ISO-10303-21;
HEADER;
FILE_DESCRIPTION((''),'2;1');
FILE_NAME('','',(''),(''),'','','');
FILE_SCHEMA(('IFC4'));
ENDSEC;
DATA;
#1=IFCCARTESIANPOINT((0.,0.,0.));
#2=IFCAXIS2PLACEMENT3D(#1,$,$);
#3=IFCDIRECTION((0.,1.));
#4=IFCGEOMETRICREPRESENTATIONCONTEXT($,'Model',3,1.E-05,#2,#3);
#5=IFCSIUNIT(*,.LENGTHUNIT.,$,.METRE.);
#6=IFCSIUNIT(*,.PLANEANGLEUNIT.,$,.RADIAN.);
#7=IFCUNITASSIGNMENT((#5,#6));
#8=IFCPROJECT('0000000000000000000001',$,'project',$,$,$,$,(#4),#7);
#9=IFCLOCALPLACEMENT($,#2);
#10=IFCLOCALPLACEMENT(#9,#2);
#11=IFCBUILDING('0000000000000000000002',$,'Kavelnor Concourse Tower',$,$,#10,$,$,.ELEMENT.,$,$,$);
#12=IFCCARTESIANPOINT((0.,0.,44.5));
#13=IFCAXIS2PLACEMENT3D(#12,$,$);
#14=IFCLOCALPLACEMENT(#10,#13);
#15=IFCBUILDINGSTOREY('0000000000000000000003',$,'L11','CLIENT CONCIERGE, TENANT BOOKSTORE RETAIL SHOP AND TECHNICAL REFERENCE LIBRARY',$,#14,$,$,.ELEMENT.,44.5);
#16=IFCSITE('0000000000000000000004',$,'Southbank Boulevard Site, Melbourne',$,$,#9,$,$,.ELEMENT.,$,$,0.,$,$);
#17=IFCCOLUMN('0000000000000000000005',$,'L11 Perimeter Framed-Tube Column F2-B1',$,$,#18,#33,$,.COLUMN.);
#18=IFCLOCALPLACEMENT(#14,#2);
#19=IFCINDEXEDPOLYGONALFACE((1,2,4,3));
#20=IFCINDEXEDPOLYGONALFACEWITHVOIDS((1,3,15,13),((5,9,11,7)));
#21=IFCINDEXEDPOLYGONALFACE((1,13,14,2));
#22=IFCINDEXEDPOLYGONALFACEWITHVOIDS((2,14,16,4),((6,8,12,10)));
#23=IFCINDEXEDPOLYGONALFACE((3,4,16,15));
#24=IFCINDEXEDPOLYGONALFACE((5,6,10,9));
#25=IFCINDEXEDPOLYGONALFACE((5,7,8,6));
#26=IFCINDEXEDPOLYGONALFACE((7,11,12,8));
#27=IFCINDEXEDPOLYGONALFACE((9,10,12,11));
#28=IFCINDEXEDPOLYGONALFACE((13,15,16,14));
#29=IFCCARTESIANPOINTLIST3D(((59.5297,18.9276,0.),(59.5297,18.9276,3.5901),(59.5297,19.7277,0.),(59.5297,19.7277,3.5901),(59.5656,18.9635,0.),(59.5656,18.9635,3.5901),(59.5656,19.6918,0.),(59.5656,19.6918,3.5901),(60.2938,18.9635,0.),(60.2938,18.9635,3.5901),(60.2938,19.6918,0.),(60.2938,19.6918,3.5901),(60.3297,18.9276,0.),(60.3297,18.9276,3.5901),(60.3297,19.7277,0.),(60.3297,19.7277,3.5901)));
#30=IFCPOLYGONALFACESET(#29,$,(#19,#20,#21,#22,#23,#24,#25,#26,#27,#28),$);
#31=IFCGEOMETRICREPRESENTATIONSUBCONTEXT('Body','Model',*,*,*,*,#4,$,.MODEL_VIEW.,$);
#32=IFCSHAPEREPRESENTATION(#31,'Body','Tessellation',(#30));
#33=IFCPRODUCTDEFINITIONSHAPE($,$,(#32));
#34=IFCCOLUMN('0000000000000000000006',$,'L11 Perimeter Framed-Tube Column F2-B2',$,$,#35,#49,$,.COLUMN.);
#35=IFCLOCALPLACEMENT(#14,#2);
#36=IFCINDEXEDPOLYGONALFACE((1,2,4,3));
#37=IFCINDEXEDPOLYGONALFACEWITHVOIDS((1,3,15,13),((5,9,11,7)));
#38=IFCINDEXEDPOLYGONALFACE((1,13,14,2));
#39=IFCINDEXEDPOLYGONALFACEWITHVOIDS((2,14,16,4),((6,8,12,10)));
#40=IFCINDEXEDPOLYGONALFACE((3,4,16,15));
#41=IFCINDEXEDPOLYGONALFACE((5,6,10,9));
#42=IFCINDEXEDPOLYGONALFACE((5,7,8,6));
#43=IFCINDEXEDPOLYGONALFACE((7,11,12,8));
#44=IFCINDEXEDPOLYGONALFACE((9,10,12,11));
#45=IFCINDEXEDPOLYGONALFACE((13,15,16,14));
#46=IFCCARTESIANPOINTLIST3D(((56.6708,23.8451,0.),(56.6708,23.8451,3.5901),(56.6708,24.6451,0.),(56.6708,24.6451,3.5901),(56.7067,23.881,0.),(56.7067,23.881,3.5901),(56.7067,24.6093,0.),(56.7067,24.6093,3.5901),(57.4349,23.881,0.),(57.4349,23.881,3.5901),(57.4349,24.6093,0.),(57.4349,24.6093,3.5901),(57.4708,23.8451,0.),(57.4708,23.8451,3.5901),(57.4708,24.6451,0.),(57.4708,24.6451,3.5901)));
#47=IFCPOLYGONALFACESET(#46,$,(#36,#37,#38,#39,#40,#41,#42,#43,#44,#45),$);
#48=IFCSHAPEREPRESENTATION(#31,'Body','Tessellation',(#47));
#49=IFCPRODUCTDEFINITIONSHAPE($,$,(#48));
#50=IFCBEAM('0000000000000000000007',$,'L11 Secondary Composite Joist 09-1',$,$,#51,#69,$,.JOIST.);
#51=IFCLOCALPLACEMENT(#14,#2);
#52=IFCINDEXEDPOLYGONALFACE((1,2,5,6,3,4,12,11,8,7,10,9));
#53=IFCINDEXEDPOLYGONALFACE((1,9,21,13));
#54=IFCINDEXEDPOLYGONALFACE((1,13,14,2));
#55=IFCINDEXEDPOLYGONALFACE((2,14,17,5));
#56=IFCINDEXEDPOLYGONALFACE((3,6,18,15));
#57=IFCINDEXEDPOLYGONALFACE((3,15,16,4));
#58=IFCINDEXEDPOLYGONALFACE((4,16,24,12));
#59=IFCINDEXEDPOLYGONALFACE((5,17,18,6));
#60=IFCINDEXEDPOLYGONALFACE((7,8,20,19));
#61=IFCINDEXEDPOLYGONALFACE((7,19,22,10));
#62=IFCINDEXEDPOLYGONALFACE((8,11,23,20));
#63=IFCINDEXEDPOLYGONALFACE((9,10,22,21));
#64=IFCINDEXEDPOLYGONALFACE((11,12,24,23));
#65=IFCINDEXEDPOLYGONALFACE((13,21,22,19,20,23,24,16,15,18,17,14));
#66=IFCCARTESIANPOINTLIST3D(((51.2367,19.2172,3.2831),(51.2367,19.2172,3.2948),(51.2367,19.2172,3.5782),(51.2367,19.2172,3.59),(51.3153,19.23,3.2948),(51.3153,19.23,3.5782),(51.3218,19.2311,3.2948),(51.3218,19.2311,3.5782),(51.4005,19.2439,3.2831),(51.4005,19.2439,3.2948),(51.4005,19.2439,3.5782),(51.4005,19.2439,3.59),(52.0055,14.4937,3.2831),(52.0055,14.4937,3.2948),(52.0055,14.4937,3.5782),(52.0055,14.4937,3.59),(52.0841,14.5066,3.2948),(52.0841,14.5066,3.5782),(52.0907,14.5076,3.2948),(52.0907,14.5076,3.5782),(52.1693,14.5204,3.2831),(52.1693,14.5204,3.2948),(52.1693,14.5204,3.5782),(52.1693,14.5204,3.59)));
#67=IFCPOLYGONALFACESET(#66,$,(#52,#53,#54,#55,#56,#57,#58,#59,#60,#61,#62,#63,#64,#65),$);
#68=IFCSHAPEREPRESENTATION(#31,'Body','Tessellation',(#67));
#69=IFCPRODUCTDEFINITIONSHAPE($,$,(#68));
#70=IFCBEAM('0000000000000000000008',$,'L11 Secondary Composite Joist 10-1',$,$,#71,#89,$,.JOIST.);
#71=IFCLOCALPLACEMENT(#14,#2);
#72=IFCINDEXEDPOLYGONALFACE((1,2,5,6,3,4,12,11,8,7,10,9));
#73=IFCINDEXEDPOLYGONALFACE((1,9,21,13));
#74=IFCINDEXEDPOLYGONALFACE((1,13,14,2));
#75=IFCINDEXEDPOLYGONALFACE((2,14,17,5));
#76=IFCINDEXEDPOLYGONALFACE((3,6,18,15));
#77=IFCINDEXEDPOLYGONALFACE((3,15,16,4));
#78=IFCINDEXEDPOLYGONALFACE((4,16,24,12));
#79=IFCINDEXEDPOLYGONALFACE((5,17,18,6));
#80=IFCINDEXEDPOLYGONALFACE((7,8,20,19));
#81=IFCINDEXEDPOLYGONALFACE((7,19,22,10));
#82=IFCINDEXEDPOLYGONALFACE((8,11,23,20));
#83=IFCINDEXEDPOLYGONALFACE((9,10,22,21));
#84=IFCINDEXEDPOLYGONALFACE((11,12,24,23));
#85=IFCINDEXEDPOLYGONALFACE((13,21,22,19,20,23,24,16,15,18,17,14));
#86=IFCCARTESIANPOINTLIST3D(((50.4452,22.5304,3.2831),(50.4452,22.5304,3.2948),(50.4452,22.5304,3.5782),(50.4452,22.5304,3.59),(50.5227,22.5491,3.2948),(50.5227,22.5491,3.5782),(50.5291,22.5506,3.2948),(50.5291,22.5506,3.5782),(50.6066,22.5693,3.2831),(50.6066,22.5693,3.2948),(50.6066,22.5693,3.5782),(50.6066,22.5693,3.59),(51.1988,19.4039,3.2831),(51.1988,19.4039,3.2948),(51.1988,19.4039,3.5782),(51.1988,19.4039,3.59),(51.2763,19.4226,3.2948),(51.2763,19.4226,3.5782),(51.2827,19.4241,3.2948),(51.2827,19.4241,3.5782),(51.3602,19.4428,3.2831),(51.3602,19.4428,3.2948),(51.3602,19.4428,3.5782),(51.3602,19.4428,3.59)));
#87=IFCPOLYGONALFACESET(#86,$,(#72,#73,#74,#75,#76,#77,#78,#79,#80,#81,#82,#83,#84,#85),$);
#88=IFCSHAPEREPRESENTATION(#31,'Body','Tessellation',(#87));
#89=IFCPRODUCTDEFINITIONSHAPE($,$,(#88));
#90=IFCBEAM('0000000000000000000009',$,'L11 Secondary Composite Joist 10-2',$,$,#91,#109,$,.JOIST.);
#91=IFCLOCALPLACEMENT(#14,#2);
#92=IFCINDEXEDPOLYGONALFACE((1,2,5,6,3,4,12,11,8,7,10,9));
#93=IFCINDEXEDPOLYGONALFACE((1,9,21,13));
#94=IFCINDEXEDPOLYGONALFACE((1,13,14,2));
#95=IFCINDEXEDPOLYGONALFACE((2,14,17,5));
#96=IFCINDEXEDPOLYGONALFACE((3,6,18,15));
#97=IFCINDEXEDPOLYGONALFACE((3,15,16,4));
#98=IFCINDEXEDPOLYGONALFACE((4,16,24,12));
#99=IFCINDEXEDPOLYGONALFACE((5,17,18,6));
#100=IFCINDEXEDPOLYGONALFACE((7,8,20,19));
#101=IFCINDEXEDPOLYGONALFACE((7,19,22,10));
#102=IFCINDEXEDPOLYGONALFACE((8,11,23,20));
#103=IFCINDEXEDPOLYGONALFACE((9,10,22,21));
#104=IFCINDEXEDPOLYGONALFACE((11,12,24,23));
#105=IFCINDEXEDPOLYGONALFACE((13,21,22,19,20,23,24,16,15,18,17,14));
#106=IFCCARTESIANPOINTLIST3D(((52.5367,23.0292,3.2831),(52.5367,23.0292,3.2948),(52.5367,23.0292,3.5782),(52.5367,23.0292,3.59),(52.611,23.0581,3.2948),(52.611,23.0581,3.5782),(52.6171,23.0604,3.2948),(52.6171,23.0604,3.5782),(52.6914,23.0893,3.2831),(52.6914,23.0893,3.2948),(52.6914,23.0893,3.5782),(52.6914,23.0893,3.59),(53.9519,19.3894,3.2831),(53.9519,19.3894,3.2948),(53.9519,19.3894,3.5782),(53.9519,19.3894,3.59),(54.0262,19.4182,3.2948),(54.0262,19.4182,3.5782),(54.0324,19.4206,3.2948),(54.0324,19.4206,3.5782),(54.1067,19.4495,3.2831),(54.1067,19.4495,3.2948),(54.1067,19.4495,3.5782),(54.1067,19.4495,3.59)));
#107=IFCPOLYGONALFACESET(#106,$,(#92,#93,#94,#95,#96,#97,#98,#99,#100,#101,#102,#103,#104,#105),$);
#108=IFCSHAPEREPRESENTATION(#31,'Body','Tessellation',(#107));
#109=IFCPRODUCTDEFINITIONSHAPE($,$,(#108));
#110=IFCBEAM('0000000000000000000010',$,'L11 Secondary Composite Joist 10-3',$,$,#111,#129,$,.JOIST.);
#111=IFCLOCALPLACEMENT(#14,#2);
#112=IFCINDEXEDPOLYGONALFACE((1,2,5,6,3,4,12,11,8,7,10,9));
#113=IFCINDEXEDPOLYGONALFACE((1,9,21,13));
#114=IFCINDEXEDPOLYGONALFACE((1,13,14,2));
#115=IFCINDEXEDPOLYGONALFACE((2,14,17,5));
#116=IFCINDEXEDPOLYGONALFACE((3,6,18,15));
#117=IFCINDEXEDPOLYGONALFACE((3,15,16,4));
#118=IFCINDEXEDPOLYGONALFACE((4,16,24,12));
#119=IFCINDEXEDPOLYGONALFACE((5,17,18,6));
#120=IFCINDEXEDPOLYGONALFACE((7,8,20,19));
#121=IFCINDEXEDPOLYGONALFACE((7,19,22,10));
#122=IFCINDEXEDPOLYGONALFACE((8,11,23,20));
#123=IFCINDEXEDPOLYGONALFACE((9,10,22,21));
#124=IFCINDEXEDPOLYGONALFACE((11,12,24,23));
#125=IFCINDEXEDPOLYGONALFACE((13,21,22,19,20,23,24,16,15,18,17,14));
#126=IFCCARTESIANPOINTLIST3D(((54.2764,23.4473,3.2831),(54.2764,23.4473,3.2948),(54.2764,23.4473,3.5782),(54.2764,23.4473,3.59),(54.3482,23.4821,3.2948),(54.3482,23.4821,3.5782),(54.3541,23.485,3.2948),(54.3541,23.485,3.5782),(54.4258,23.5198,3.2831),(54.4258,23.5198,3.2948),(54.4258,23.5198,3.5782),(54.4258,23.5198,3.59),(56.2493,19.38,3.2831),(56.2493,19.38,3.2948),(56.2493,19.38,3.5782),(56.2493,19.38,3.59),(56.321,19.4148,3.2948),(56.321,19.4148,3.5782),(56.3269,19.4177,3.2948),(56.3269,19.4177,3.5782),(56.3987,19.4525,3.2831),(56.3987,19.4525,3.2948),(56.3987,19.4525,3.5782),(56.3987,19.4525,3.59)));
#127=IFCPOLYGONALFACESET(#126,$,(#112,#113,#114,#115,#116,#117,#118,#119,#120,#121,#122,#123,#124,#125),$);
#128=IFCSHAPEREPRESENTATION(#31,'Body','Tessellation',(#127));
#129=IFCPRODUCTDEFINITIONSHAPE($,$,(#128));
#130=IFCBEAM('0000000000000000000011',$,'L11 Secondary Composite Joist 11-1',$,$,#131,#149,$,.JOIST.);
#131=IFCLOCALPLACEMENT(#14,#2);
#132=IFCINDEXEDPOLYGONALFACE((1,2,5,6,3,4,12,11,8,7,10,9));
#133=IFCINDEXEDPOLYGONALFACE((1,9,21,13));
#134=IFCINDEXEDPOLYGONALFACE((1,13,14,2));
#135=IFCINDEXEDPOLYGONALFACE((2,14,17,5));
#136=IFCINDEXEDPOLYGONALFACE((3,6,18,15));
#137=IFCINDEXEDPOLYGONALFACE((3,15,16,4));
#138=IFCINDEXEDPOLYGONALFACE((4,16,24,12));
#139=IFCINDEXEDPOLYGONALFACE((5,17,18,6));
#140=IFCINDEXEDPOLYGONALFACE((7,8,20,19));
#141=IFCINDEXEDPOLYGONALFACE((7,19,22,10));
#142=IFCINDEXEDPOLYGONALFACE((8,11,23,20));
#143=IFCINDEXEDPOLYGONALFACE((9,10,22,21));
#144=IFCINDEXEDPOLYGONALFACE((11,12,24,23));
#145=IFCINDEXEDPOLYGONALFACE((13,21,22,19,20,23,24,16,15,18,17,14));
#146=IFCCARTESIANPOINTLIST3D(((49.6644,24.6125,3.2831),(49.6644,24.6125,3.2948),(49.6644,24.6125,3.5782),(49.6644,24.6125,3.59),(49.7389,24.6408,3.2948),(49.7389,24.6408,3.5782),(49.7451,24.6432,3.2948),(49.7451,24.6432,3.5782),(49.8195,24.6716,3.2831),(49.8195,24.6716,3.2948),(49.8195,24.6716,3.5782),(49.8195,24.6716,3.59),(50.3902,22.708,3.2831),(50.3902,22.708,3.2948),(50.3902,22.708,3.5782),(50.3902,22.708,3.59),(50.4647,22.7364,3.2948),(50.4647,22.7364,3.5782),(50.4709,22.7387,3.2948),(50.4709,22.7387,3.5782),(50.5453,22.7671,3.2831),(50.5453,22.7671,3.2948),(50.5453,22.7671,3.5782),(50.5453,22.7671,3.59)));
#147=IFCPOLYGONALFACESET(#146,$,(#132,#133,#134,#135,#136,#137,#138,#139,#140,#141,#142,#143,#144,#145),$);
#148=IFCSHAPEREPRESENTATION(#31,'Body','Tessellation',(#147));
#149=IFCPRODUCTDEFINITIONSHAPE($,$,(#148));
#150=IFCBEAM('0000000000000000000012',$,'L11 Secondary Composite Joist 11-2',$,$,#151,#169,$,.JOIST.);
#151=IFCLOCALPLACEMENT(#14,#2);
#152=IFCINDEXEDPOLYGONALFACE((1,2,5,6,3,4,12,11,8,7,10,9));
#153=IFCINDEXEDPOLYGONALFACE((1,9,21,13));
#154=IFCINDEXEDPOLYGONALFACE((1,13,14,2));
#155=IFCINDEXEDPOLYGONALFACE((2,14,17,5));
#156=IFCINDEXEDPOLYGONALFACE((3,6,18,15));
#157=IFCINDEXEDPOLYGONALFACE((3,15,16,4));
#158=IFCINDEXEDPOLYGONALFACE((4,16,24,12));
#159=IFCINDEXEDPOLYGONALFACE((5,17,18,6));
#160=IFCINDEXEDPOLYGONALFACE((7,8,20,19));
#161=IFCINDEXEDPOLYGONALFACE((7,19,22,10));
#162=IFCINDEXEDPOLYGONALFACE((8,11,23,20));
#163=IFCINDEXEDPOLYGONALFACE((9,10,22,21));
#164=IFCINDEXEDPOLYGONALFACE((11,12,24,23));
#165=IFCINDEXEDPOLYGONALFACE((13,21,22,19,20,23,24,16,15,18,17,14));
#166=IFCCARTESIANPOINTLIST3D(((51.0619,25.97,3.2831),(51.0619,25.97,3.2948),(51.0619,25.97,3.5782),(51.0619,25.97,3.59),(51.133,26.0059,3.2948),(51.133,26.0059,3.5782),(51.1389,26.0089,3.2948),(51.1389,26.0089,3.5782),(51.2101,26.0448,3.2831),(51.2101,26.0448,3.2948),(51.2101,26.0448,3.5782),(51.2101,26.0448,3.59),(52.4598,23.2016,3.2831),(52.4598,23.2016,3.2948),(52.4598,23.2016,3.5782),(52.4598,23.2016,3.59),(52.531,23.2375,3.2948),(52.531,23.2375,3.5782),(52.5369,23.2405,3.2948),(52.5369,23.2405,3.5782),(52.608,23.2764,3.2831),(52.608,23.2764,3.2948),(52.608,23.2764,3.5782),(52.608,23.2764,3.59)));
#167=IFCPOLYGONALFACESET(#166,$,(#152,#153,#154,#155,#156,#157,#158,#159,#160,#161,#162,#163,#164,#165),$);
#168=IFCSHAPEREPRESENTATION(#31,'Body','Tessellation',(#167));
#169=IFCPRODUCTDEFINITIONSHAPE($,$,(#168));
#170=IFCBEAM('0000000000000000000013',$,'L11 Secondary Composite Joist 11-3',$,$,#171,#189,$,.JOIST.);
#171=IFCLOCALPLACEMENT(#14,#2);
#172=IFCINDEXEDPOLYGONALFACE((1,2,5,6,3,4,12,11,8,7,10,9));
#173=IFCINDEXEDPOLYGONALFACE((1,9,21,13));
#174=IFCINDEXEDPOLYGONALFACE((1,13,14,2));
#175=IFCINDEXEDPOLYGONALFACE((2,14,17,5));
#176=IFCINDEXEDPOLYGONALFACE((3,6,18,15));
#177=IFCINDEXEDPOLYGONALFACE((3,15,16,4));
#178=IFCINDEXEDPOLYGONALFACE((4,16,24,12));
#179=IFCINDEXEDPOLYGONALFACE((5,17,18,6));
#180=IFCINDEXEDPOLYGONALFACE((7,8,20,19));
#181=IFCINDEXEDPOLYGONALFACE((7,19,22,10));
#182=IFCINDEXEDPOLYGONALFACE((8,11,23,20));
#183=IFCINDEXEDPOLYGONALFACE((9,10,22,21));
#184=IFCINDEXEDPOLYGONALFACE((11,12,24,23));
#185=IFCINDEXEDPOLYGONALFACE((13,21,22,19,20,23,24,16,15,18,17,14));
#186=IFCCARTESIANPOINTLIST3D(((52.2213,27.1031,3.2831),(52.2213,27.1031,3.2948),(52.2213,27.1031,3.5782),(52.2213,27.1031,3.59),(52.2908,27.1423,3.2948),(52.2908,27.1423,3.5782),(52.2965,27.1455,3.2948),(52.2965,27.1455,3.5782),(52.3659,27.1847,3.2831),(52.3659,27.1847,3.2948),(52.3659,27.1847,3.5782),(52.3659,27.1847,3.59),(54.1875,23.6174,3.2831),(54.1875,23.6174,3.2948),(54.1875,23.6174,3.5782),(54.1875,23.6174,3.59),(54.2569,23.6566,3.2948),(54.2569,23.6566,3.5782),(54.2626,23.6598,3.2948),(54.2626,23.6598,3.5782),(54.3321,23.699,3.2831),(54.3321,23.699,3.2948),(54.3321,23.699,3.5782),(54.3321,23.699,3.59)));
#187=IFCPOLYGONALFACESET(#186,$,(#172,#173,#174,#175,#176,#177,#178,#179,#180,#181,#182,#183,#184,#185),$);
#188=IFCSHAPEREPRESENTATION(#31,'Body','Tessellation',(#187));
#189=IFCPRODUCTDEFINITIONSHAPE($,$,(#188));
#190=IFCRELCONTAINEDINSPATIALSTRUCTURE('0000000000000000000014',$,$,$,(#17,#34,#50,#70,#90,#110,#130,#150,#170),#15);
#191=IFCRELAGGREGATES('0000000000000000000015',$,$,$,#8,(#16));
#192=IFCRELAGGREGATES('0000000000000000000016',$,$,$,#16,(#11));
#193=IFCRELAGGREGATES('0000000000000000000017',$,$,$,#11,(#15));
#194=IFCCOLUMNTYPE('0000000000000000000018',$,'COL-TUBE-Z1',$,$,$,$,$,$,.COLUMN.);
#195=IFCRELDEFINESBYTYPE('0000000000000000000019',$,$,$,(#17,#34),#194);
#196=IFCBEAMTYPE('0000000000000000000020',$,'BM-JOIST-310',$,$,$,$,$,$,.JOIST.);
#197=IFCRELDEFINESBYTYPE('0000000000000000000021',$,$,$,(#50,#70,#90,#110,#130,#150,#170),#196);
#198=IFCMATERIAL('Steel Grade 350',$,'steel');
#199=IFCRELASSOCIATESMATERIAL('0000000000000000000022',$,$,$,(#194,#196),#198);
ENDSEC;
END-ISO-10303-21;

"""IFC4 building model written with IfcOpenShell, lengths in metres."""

from ifc_helpers import new_model, si_unit, direction, frame, origin, origin_2d, place, context, subcontext, project, spatial, hollow_rectangle, i_section, extrude, material, material_profile, profile_set, type_object, element, save


model = new_model("IFC4")

# Units and contexts
model_context = context("Model", 3, precision=1e-05, world=origin(), true_north=direction((0.0, 1.0)))
body_context = subcontext(model_context, "Body", "Model", "MODEL_VIEW")
ifc_project = project(units=[si_unit("LENGTHUNIT", "METRE"), si_unit("PLANEANGLEUNIT", "RADIAN")], contexts=[model_context])

# Site, building, storey
site_placement = place(None, origin())
site = spatial("IfcSite", under=ifc_project, at=site_placement, Name="Southbank Boulevard Site, Melbourne", CompositionType="ELEMENT", RefElevation=0.0)
building_placement = place(site_placement, origin())
building = spatial("IfcBuilding", under=site, at=building_placement, Name="Kavelnor Concourse Tower", CompositionType="ELEMENT")
storey_placement = place(building_placement, frame((0.0, 0.0, 44.5)))
storey = spatial("IfcBuildingStorey", under=building, at=storey_placement, Name="L11", Description="CLIENT CONCIERGE, TENANT BOOKSTORE RETAIL SHOP AND TECHNICAL REFERENCE LIBRARY", CompositionType="ELEMENT", Elevation=44.5)

# Columns
ifc_material_1 = material(Name="Steel Grade 350", Category="steel")
ifc_material_profile_1 = material_profile(ifc_material_1, hollow_rectangle(XDim=0.8, YDim=0.8, WallThickness=0.0359, at=origin_2d()), Name="SHS 800x800x36")
ifc_profile_set_1 = profile_set([ifc_material_profile_1], Name="Steel Grade 350")
column_type = type_object("IfcColumnType", Name="COL-TUBE-Z1", PredefinedType="COLUMN", material=ifc_profile_set_1)
for number, where, z_axis, x_axis, name in (
    (1, (59.9297, 19.3276, 0.0), (0.0, 0.0, 1.0), (1.0, 0.0, 0.0), "L11 Perimeter Framed-Tube Column F2-B1"),
    (2, (57.0708, 24.2451, 0.0), (0.0, 0.0, 1.0), (1.0, 0.0, 0.0), "L11 Perimeter Framed-Tube Column F2-B2"),
):
    element("IfcColumn", number, at=place(storey_placement, frame(where, z_axis=z_axis, x_axis=x_axis)), inside=storey, type_object=column_type, Name=name, PredefinedType="COLUMN", context=body_context, shape_type="SweptSolid", body=[
        extrude(hollow_rectangle(XDim=0.8, YDim=0.8, WallThickness=0.0359, at=origin_2d()), origin(), (0.0, 0.0, 1.0), 3.5901),
    ])

# Beams
ifc_material_profile_2 = material_profile(ifc_material_1, i_section(OverallWidth=0.166, OverallDepth=0.3069, WebThickness=0.0066, FlangeThickness=0.0117, at=origin_2d()), Name="310UB46")
ifc_profile_set_2 = profile_set([ifc_material_profile_2], Name="Steel Grade 350")
beam_type_1 = type_object("IfcBeamType", Name="BM-JOIST-310", PredefinedType="JOIST", material=ifc_profile_set_2)
beam_1_placement = place(storey_placement, frame((52.0874, 14.5071, 3.4365), z_axis=(-0.16065, 0.987011, 0.0), x_axis=(-0.987011, -0.16065, 0.0)))
element("IfcBeam", 3, at=beam_1_placement, inside=storey, type_object=beam_type_1, Name="L11 Secondary Composite Joist 09-1", PredefinedType="JOIST", context=body_context, shape_type="SweptSolid", body=[
    extrude(i_section(OverallWidth=0.166, OverallDepth=0.3069, WebThickness=0.0066, FlangeThickness=0.0117, at=origin_2d()), origin(), (0.0, 0.0, 1.0), 4.7856),
])
beam_2_placement = place(storey_placement, frame((51.2795, 19.4233, 3.4365), z_axis=(-0.234346, 0.972153, 0.0), x_axis=(-0.972153, -0.234346, 0.0)))
element("IfcBeam", 4, at=beam_2_placement, inside=storey, type_object=beam_type_1, Name="L11 Secondary Composite Joist 10-1", PredefinedType="JOIST", context=body_context, shape_type="SweptSolid", body=[
    extrude(i_section(OverallWidth=0.166, OverallDepth=0.3069, WebThickness=0.0066, FlangeThickness=0.0117, at=origin_2d()), origin(), (0.0, 0.0, 1.0), 3.2161),
])
beam_3_placement = place(storey_placement, frame((54.0293, 19.4194, 3.4365), z_axis=(-0.362395, 0.932025, 0.0), x_axis=(-0.932025, -0.362395, 0.0)))
element("IfcBeam", 5, at=beam_3_placement, inside=storey, type_object=beam_type_1, Name="L11 Secondary Composite Joist 10-2", PredefinedType="JOIST", context=body_context, shape_type="SweptSolid", body=[
    extrude(i_section(OverallWidth=0.166, OverallDepth=0.3069, WebThickness=0.0066, FlangeThickness=0.0117, at=origin_2d()), origin(), (0.0, 0.0, 1.0), 3.9053),
])
beam_4_placement = place(storey_placement, frame((56.324, 19.4163, 3.4365), z_axis=(-0.436423, 0.899741, 0.0), x_axis=(-0.899741, -0.436423, 0.0)))
element("IfcBeam", 6, at=beam_4_placement, inside=storey, type_object=beam_type_1, Name="L11 Secondary Composite Joist 10-3", PredefinedType="JOIST", context=body_context, shape_type="SweptSolid", body=[
    extrude(i_section(OverallWidth=0.166, OverallDepth=0.3069, WebThickness=0.0066, FlangeThickness=0.0117, at=origin_2d()), origin(), (0.0, 0.0, 1.0), 4.5205),
])
beam_5_placement = place(storey_placement, frame((50.4678, 22.7375, 3.4365), z_axis=(-0.35612, 0.93444, 0.0), x_axis=(-0.93444, -0.35612, 0.0)))
element("IfcBeam", 7, at=beam_5_placement, inside=storey, type_object=beam_type_1, Name="L11 Secondary Composite Joist 11-1", PredefinedType="JOIST", context=body_context, shape_type="SweptSolid", body=[
    extrude(i_section(OverallWidth=0.166, OverallDepth=0.3069, WebThickness=0.0066, FlangeThickness=0.0117, at=origin_2d()), origin(), (0.0, 0.0, 1.0), 2.0381),
])
beam_6_placement = place(storey_placement, frame((52.5339, 23.239, 3.4365), z_axis=(-0.450768, 0.892641, 0.0), x_axis=(-0.892641, -0.450768, 0.0)))
element("IfcBeam", 8, at=beam_6_placement, inside=storey, type_object=beam_type_1, Name="L11 Secondary Composite Joist 11-2", PredefinedType="JOIST", context=body_context, shape_type="SweptSolid", body=[
    extrude(i_section(OverallWidth=0.166, OverallDepth=0.3069, WebThickness=0.0066, FlangeThickness=0.0117, at=origin_2d()), origin(), (0.0, 0.0, 1.0), 3.1013),
])
beam_7_placement = place(storey_placement, frame((54.2598, 23.6582, 3.4365), z_axis=(-0.491289, 0.870997, 0.0), x_axis=(-0.870997, -0.491289, 0.0)))
element("IfcBeam", 9, at=beam_7_placement, inside=storey, type_object=beam_type_1, Name="L11 Secondary Composite Joist 11-3", PredefinedType="JOIST", context=body_context, shape_type="SweptSolid", body=[
    extrude(i_section(OverallWidth=0.166, OverallDepth=0.3069, WebThickness=0.0066, FlangeThickness=0.0117, at=origin_2d()), origin(), (0.0, 0.0, 1.0), 4.002),
])

save(model, "model.ifc")
